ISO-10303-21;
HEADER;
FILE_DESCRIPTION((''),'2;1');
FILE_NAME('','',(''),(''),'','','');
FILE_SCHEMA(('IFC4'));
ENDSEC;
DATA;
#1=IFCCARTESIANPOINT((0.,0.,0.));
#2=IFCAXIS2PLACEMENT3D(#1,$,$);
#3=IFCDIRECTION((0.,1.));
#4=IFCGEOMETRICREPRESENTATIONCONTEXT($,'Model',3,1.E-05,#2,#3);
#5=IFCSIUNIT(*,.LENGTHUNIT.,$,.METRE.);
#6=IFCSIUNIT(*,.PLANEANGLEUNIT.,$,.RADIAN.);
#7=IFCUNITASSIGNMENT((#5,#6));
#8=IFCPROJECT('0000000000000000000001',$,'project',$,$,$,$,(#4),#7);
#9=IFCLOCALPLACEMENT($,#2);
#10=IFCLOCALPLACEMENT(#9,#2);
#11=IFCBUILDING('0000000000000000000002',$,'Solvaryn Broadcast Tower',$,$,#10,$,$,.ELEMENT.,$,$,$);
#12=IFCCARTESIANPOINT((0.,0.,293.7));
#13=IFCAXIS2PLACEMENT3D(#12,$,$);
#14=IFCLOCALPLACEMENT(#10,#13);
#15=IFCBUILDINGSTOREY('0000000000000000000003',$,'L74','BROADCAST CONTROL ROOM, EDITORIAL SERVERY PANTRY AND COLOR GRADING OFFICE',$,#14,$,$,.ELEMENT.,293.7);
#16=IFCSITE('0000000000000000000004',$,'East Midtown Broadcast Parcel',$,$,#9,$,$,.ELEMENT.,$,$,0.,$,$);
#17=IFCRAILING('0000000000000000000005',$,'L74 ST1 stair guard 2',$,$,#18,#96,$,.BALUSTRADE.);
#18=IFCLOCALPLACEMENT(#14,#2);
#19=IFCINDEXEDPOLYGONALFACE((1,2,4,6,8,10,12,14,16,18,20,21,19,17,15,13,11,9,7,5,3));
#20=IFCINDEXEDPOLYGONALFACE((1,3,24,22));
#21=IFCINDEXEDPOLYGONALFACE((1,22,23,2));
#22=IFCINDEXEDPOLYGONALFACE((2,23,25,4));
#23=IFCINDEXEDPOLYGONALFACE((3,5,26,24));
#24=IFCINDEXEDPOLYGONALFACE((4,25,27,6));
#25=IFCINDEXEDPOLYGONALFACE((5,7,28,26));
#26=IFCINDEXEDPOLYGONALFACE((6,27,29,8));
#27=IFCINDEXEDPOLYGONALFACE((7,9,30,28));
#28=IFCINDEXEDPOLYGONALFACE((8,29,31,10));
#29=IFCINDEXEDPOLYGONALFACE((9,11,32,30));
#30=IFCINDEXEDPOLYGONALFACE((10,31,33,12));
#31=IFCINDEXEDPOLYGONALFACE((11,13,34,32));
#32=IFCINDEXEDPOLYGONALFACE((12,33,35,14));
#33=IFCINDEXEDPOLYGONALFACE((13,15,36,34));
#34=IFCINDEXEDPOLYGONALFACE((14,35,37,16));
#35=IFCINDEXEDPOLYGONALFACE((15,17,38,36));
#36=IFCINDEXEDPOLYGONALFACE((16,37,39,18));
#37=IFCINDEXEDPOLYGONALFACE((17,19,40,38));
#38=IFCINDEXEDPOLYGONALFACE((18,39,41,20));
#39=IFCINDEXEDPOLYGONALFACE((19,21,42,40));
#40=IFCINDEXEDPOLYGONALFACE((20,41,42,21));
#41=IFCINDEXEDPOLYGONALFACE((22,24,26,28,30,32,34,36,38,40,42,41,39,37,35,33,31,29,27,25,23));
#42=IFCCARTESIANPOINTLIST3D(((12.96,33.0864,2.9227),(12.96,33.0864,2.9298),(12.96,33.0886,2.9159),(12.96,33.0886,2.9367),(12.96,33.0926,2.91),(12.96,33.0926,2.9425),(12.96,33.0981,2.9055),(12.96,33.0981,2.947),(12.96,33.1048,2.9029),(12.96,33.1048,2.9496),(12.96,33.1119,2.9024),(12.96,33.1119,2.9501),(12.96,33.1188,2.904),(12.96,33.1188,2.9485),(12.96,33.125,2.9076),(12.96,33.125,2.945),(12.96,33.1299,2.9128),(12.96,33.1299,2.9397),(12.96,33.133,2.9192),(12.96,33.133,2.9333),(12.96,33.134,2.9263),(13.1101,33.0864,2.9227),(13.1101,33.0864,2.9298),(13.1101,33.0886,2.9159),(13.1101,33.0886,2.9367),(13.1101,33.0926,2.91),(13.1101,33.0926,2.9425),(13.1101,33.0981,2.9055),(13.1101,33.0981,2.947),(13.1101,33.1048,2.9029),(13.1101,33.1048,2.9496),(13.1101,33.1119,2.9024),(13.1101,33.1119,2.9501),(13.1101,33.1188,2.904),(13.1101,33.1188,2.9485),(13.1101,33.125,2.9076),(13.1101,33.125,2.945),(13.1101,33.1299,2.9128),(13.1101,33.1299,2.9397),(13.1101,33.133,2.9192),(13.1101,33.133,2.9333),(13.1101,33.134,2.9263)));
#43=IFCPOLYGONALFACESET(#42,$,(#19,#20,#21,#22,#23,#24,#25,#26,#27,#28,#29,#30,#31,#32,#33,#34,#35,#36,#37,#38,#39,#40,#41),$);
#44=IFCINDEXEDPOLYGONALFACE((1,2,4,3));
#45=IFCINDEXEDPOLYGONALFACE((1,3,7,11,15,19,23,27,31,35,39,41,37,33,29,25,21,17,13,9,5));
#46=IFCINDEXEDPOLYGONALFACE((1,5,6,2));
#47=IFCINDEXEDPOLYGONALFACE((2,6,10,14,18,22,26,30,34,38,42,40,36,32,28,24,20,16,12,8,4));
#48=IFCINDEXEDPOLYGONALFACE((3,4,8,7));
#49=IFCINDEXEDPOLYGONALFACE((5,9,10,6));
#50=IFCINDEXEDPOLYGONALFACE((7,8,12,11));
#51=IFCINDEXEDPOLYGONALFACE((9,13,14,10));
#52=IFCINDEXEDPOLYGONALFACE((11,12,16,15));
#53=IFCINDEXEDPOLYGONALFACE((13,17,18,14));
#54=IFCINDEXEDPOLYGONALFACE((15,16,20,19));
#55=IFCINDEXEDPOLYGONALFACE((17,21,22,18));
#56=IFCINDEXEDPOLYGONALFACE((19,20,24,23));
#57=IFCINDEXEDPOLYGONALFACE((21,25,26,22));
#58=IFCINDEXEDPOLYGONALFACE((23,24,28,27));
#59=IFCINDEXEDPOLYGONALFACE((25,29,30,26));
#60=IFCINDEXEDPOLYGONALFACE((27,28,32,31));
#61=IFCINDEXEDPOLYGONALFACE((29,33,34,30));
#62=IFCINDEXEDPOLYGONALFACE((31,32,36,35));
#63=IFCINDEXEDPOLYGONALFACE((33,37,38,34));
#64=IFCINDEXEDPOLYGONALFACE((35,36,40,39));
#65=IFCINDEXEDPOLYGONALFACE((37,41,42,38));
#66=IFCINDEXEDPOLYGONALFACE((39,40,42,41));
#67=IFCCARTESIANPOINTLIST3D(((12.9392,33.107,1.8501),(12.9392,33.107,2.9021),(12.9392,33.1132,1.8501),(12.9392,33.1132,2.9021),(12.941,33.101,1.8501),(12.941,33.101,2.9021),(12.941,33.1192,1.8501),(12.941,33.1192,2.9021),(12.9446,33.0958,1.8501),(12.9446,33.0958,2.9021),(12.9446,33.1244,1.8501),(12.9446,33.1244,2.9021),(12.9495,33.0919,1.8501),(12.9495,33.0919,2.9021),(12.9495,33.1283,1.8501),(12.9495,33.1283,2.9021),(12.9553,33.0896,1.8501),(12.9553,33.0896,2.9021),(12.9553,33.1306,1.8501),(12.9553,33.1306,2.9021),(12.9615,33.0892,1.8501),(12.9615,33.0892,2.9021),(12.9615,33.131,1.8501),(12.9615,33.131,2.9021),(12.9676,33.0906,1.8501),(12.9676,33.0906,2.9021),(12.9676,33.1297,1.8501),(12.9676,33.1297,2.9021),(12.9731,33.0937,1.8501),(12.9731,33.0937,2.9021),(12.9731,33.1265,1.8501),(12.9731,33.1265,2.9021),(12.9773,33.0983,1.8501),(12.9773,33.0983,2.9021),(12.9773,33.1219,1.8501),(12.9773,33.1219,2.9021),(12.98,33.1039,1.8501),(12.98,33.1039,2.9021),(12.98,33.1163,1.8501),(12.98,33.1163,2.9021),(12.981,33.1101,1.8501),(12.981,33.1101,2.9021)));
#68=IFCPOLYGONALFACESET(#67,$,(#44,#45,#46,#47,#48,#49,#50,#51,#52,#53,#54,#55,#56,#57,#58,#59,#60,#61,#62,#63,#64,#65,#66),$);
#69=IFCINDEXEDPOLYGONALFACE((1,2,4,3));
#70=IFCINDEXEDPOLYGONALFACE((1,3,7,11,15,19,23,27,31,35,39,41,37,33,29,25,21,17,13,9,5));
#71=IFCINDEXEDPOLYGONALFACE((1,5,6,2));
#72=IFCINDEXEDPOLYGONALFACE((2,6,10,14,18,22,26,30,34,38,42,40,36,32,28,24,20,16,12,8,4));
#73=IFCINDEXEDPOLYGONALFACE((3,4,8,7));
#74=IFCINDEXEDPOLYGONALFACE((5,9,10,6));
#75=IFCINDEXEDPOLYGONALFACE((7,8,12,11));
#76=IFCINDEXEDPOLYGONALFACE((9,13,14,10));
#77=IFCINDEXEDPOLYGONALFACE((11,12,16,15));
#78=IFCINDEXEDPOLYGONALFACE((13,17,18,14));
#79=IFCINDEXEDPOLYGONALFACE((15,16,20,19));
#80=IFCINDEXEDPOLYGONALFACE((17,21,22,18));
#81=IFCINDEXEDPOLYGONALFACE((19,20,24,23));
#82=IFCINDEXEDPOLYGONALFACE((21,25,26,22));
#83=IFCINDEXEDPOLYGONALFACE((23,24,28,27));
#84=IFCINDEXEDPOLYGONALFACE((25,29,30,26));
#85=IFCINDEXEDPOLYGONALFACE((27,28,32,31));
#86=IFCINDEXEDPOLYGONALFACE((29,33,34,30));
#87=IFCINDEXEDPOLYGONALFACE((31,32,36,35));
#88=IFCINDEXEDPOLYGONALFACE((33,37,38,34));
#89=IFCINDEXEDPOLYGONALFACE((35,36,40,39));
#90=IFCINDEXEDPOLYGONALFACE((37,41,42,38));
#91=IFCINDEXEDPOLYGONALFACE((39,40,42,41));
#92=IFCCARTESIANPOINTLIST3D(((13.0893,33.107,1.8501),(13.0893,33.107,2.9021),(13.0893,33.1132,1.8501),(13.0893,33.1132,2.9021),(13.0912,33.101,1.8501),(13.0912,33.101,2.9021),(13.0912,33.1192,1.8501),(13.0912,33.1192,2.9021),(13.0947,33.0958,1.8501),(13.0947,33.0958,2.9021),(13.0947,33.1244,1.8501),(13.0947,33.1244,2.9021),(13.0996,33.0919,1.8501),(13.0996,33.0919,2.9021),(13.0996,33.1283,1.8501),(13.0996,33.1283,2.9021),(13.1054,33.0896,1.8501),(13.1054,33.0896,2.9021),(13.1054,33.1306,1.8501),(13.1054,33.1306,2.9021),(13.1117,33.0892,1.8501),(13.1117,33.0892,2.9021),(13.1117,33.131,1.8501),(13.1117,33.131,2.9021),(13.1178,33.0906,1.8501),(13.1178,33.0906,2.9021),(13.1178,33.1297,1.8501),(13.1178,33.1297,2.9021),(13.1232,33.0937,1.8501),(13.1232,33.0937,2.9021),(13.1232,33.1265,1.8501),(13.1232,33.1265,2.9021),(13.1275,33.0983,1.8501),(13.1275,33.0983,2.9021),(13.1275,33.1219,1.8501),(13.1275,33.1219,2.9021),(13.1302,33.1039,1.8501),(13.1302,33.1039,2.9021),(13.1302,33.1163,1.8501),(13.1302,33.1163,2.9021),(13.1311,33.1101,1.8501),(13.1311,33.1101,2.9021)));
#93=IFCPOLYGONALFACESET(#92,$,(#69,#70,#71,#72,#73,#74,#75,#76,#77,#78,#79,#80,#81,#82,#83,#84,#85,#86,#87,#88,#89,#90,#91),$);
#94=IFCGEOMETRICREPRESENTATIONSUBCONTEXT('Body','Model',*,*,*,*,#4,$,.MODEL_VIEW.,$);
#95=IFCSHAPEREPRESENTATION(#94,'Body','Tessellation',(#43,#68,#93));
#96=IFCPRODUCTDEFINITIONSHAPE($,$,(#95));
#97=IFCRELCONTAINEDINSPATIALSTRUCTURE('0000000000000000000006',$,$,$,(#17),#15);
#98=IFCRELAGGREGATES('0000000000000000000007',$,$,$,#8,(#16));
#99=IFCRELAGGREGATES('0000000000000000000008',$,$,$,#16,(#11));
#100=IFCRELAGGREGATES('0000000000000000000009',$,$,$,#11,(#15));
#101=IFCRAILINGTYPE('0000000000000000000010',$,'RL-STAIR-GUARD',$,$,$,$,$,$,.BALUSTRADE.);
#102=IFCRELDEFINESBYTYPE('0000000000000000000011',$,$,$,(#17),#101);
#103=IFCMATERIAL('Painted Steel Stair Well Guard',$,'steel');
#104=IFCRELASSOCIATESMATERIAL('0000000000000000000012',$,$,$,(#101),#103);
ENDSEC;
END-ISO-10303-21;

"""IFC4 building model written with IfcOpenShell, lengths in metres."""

from ifc_helpers import new_model, si_unit, direction, frame, origin, origin_2d, place, context, subcontext, project, spatial, circle, extrude, material, type_object, element, save


model = new_model("IFC4")

# Units and contexts
model_context = context("Model", 3, precision=1e-05, world=origin(), true_north=direction((0.0, 1.0)))
body_context = subcontext(model_context, "Body", "Model", "MODEL_VIEW")
ifc_project = project(units=[si_unit("LENGTHUNIT", "METRE"), si_unit("PLANEANGLEUNIT", "RADIAN")], contexts=[model_context])

# Site, building, storey
site_placement = place(None, origin())
site = spatial("IfcSite", under=ifc_project, at=site_placement, Name="East Midtown Broadcast Parcel", CompositionType="ELEMENT", RefElevation=0.0)
building_placement = place(site_placement, origin())
building = spatial("IfcBuilding", under=site, at=building_placement, Name="Solvaryn Broadcast Tower", CompositionType="ELEMENT")
storey_placement = place(building_placement, frame((0.0, 0.0, 293.7)))
storey = spatial("IfcBuildingStorey", under=building, at=storey_placement, Name="L74", Description="BROADCAST CONTROL ROOM, EDITORIAL SERVERY PANTRY AND COLOR GRADING OFFICE", CompositionType="ELEMENT", Elevation=293.7)

# Railing
ifc_material_1 = material(Name="Painted Steel Stair Well Guard", Category="steel")
railing_type_1 = type_object("IfcRailingType", Name="RL-STAIR-GUARD", PredefinedType="BALUSTRADE", material=ifc_material_1)
railing_1_placement = place(storey_placement, frame((12.96, 33.1101, 1.8501)))
element("IfcRailing", 1, at=railing_1_placement, inside=storey, type_object=railing_type_1, Name="L74 ST1 stair guard 2", PredefinedType="BALUSTRADE", context=body_context, shape_type="SweptSolid", body=[
    extrude(circle(Radius=0.0239, at=origin_2d()), frame((0.0, 0.0, 1.0762), z_axis=(1.0, 0.0, 0.0), x_axis=(0.0, 1.0, 0.0)), (0.0, 0.0, 1.0), 0.1501),
    extrude(circle(Radius=0.021, at=origin_2d()), origin(), (0.0, 0.0, 1.0), 1.052),
    extrude(circle(Radius=0.021, at=origin_2d()), frame((0.1501, 0.0, 0.0)), (0.0, 0.0, 1.0), 1.052),
])

save(model, "model.ifc")
